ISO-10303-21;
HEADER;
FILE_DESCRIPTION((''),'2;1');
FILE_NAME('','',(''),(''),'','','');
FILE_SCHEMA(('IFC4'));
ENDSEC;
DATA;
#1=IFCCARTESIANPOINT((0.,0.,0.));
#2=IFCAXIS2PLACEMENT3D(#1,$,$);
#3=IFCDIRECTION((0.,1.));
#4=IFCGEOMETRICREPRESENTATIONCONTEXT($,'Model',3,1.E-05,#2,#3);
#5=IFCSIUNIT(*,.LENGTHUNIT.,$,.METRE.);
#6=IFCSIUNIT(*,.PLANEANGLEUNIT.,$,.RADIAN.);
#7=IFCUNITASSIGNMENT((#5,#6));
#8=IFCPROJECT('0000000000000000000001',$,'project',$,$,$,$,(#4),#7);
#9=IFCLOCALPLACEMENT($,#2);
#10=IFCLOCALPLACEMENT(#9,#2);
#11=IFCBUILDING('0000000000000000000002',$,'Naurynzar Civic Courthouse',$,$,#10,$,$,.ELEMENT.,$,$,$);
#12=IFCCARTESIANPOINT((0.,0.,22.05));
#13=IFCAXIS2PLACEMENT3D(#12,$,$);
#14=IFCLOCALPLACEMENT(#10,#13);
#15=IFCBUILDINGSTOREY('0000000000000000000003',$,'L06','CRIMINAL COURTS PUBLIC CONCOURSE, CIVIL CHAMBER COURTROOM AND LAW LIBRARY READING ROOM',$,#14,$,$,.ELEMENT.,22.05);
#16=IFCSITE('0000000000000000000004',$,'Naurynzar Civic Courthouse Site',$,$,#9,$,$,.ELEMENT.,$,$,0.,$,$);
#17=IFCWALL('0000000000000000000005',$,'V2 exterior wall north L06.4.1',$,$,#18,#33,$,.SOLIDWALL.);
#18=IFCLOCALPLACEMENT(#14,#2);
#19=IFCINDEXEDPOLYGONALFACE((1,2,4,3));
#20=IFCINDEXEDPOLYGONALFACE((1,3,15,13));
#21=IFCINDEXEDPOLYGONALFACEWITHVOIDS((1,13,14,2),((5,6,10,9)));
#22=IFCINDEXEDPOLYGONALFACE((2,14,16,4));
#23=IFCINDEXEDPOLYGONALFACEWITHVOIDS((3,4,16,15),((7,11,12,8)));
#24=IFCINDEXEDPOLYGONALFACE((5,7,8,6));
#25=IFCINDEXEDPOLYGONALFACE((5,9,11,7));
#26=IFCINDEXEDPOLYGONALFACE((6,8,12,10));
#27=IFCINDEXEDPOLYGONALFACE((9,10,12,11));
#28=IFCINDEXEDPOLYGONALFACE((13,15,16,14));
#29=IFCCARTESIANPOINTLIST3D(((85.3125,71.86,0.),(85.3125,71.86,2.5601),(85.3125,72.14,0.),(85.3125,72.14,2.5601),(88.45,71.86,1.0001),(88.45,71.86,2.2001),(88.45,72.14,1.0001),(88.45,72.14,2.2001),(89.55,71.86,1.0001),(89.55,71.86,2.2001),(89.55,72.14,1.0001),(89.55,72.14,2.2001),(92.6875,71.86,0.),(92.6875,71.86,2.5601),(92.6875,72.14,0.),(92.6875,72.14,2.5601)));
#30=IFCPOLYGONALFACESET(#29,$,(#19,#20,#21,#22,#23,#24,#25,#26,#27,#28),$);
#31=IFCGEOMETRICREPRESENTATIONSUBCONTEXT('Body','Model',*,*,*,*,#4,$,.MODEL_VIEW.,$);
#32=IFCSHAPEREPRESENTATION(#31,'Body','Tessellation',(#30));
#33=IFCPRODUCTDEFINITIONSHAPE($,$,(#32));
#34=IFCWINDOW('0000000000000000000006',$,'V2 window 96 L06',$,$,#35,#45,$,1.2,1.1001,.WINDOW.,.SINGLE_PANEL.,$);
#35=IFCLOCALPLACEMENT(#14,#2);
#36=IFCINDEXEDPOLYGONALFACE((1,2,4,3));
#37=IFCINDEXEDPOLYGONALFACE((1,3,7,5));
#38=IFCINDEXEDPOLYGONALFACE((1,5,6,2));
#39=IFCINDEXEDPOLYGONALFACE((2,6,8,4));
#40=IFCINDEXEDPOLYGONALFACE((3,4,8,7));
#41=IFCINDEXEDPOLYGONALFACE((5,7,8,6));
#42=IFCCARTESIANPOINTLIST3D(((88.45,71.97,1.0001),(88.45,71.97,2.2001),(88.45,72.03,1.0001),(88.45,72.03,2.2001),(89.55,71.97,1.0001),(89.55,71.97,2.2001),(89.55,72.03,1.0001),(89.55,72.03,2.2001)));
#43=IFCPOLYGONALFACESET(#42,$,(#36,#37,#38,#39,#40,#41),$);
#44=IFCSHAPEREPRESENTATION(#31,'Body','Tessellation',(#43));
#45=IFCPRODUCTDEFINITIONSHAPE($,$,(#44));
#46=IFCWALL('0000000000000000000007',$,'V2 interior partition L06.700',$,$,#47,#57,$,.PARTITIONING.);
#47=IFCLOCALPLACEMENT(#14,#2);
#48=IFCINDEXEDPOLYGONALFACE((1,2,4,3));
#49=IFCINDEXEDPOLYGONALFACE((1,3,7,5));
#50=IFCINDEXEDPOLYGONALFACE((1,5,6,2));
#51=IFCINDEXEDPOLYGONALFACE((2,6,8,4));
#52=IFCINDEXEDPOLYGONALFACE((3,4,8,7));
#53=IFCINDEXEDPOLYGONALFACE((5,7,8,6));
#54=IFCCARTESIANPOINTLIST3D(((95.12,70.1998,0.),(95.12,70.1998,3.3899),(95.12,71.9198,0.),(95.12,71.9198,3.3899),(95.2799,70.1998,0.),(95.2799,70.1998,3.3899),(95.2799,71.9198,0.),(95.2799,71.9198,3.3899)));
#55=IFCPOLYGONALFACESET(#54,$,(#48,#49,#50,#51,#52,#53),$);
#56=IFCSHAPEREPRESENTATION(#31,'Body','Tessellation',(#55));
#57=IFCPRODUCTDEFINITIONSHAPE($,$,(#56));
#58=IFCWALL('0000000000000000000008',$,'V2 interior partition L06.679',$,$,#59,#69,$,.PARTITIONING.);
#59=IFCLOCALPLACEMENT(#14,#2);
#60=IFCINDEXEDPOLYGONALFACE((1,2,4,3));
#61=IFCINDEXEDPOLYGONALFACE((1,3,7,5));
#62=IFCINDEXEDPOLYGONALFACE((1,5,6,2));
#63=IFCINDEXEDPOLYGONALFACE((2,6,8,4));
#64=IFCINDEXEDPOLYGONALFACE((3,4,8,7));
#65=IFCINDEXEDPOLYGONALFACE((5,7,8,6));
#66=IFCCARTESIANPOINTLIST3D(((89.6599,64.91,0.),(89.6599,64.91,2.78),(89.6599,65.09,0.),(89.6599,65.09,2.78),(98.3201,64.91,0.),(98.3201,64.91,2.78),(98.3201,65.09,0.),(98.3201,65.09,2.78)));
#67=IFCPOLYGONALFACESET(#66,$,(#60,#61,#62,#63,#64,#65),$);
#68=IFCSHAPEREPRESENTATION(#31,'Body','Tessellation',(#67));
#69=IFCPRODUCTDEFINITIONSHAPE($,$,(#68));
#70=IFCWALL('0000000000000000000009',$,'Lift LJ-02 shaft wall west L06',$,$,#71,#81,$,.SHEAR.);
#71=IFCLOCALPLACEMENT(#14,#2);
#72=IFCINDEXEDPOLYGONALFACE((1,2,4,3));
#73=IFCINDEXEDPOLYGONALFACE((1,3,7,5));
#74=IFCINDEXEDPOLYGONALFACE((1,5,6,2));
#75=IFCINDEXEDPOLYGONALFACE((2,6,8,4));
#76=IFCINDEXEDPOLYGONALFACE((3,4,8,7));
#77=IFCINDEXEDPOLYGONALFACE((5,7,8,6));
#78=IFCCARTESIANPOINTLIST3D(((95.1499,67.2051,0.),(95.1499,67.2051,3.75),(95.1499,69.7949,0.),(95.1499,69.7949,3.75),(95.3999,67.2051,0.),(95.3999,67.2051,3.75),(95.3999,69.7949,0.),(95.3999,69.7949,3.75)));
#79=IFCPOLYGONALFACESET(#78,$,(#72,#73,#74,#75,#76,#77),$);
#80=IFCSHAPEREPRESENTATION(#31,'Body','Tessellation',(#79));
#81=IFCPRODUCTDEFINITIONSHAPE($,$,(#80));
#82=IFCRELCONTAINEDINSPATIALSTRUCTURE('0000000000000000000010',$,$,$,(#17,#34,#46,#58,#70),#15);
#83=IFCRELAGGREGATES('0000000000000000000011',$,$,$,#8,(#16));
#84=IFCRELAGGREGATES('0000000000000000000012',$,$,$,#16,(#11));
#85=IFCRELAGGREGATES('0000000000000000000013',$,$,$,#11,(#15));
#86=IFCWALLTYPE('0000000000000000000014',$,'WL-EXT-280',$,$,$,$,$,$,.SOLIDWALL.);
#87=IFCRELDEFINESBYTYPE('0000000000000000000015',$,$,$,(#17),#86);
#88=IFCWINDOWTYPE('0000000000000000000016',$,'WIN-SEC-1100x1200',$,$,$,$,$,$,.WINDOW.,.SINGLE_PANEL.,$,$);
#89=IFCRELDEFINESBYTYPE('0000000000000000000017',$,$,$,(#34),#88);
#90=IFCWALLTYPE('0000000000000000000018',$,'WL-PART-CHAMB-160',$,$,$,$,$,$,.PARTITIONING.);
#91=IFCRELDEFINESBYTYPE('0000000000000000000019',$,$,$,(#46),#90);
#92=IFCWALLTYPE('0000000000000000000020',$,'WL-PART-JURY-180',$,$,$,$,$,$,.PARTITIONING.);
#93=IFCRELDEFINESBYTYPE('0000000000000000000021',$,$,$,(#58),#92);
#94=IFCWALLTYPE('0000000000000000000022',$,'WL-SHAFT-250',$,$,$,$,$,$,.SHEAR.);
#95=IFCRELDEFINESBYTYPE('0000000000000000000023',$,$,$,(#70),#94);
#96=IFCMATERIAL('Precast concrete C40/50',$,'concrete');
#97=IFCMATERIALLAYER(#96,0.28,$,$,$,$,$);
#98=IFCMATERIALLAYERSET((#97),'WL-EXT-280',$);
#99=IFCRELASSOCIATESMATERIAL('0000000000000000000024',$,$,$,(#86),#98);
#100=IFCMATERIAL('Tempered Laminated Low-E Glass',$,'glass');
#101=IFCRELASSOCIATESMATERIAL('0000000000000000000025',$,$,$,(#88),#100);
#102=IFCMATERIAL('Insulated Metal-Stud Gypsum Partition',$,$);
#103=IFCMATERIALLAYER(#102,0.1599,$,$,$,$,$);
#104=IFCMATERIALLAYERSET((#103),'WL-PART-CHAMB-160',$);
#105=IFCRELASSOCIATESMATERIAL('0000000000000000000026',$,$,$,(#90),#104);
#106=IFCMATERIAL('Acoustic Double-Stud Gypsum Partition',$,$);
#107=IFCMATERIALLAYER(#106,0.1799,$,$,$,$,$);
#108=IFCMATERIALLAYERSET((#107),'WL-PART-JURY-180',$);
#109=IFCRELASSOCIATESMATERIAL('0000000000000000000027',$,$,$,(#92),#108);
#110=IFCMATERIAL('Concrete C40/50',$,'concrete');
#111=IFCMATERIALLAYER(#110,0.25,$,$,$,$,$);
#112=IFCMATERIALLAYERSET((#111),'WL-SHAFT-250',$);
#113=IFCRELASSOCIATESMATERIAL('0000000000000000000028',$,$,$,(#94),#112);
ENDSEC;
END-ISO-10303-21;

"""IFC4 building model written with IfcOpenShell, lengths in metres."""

from ifc_helpers import new_model, si_unit, direction, frame, frame_2d, origin, place, context, subcontext, project, spatial, rectangle, extrude, material, layer, layer_set, type_object, element, fill, save


model = new_model("IFC4")

# Units and contexts
model_context = context("Model", 3, precision=1e-05, world=origin(), true_north=direction((0.0, 1.0)))
body_context = subcontext(model_context, "Body", "Model", "MODEL_VIEW")
ifc_project = project(units=[si_unit("LENGTHUNIT", "METRE"), si_unit("PLANEANGLEUNIT", "RADIAN")], contexts=[model_context])

# Site, building, storey
site_placement = place(None, origin())
site = spatial("IfcSite", under=ifc_project, at=site_placement, Name="Naurynzar Civic Courthouse Site", CompositionType="ELEMENT", RefElevation=0.0)
building_placement = place(site_placement, origin())
building = spatial("IfcBuilding", under=site, at=building_placement, Name="Naurynzar Civic Courthouse", CompositionType="ELEMENT")
storey_placement = place(building_placement, frame((0.0, 0.0, 22.05)))
storey = spatial("IfcBuildingStorey", under=building, at=storey_placement, Name="L06", Description="CRIMINAL COURTS PUBLIC CONCOURSE, CIVIL CHAMBER COURTROOM AND LAW LIBRARY READING ROOM", CompositionType="ELEMENT", Elevation=22.05)

# Wall, opening, window
ifc_material_1 = material(Name="Precast concrete C40/50", Category="concrete")
ifc_layer_1 = layer(ifc_material_1, 0.28)
ifc_layer_set_1 = layer_set([ifc_layer_1], Name="WL-EXT-280")
wall_type_1 = type_object("IfcWallType", Name="WL-EXT-280", PredefinedType="SOLIDWALL", material=ifc_layer_set_1)
wall_1_placement = place(storey_placement, frame((85.3125, 72.0, 0.0), z_axis=(0.0, 0.0, 1.0), x_axis=(1.0, 0.0, 0.0)))
wall_1 = element("IfcWall", 1, at=wall_1_placement, inside=storey, type_object=wall_type_1, Name="V2 exterior wall north L06.4.1", PredefinedType="SOLIDWALL", context=body_context, shape_type="SweptSolid", body=[
    extrude(rectangle(XDim=7.375, YDim=0.28, at=frame_2d((3.6875, 0.0))), origin(), (0.0, 0.0, 1.0), 2.5601),
])
opening_1_placement = place(wall_1_placement, frame((3.1375, 0.0, 1.0)))
opening_1 = element("IfcOpeningElement", 2, at=opening_1_placement, cuts=wall_1, PredefinedType="OPENING", context=body_context, shape_type="SweptSolid", body=[
    extrude(rectangle(XDim=1.1001, YDim=1.2, at=frame_2d((0.55, 0.6001))), frame((0.0, 0.1499, 0.0), z_axis=(0.0, -1.0, 0.0), x_axis=(1.0, 0.0, 0.0)), (0.0, 0.0, 1.0), 0.3),
])
ifc_material_2 = material(Name="Tempered Laminated Low-E Glass", Category="glass")
window_type = type_object("IfcWindowType", Name="WIN-SEC-1100x1200", PartitioningType="SINGLE_PANEL", PredefinedType="WINDOW", material=ifc_material_2)
window_placement = place(opening_1_placement, origin())
window = element("IfcWindow", 3, at=window_placement, inside=storey, type_object=window_type, Name="V2 window 96 L06", OverallHeight=1.2, OverallWidth=1.1001, PartitioningType="SINGLE_PANEL", PredefinedType="WINDOW", context=body_context, shape_type="SweptSolid", body=[
    extrude(rectangle(XDim=1.1001, YDim=1.2, at=frame_2d((0.55, 0.6001))), frame((0.0, 0.03, 0.0), z_axis=(0.0, -1.0, 0.0), x_axis=(1.0, 0.0, 0.0)), (0.0, 0.0, 1.0), 0.0601),
])
fill(opening_1, window)

# Walls
ifc_material_3 = material(Name="Insulated Metal-Stud Gypsum Partition")
ifc_layer_2 = layer(ifc_material_3, 0.1599)
ifc_layer_set_2 = layer_set([ifc_layer_2], Name="WL-PART-CHAMB-160")
wall_type_2 = type_object("IfcWallType", Name="WL-PART-CHAMB-160", PredefinedType="PARTITIONING", material=ifc_layer_set_2)
wall_2_placement = place(storey_placement, frame((95.2, 70.2, 0.0), z_axis=(0.0, 0.0, 1.0), x_axis=(0.0, 1.0, 0.0)))
element("IfcWall", 4, at=wall_2_placement, inside=storey, type_object=wall_type_2, Name="V2 interior partition L06.700", PredefinedType="PARTITIONING", context=body_context, shape_type="SweptSolid", body=[
    extrude(rectangle(XDim=1.72, YDim=0.1599, at=frame_2d((0.8599, 0.0))), origin(), (0.0, 0.0, 1.0), 3.3899),
])
ifc_material_4 = material(Name="Acoustic Double-Stud Gypsum Partition")
ifc_layer_3 = layer(ifc_material_4, 0.1799)
ifc_layer_set_3 = layer_set([ifc_layer_3], Name="WL-PART-JURY-180")
wall_type_3 = type_object("IfcWallType", Name="WL-PART-JURY-180", PredefinedType="PARTITIONING", material=ifc_layer_set_3)
wall_3_placement = place(storey_placement, frame((89.6599, 65.0, 0.0), z_axis=(0.0, 0.0, 1.0), x_axis=(1.0, 0.0, 0.0)))
element("IfcWall", 5, at=wall_3_placement, inside=storey, type_object=wall_type_3, Name="V2 interior partition L06.679", PredefinedType="PARTITIONING", context=body_context, shape_type="SweptSolid", body=[
    extrude(rectangle(XDim=8.6602, YDim=0.1799, at=frame_2d((4.3301, 0.0))), origin(), (0.0, 0.0, 1.0), 2.78),
])

# Shared definitions
ifc_material_5 = material(Name="Concrete C40/50", Category="concrete")
ifc_layer_4 = layer(ifc_material_5, 0.25)
ifc_layer_set_4 = layer_set([ifc_layer_4], Name="WL-SHAFT-250")
wall_type_4 = type_object("IfcWallType", Name="WL-SHAFT-250", PredefinedType="SHEAR", material=ifc_layer_set_4)

# Wall
wall_4_placement = place(storey_placement, frame((95.2749, 69.7949, 0.0), z_axis=(0.0, 0.0, 1.0), x_axis=(0.0, -1.0, 0.0)))
element("IfcWall", 6, at=wall_4_placement, inside=storey, type_object=wall_type_4, Name="Lift LJ-02 shaft wall west L06", PredefinedType="SHEAR", context=body_context, shape_type="SweptSolid", body=[
    extrude(rectangle(XDim=2.5898, YDim=0.25, at=frame_2d((1.2949, 0.0))), origin(), (0.0, 0.0, 1.0), 3.75),
])

save(model, "model.ifc")
